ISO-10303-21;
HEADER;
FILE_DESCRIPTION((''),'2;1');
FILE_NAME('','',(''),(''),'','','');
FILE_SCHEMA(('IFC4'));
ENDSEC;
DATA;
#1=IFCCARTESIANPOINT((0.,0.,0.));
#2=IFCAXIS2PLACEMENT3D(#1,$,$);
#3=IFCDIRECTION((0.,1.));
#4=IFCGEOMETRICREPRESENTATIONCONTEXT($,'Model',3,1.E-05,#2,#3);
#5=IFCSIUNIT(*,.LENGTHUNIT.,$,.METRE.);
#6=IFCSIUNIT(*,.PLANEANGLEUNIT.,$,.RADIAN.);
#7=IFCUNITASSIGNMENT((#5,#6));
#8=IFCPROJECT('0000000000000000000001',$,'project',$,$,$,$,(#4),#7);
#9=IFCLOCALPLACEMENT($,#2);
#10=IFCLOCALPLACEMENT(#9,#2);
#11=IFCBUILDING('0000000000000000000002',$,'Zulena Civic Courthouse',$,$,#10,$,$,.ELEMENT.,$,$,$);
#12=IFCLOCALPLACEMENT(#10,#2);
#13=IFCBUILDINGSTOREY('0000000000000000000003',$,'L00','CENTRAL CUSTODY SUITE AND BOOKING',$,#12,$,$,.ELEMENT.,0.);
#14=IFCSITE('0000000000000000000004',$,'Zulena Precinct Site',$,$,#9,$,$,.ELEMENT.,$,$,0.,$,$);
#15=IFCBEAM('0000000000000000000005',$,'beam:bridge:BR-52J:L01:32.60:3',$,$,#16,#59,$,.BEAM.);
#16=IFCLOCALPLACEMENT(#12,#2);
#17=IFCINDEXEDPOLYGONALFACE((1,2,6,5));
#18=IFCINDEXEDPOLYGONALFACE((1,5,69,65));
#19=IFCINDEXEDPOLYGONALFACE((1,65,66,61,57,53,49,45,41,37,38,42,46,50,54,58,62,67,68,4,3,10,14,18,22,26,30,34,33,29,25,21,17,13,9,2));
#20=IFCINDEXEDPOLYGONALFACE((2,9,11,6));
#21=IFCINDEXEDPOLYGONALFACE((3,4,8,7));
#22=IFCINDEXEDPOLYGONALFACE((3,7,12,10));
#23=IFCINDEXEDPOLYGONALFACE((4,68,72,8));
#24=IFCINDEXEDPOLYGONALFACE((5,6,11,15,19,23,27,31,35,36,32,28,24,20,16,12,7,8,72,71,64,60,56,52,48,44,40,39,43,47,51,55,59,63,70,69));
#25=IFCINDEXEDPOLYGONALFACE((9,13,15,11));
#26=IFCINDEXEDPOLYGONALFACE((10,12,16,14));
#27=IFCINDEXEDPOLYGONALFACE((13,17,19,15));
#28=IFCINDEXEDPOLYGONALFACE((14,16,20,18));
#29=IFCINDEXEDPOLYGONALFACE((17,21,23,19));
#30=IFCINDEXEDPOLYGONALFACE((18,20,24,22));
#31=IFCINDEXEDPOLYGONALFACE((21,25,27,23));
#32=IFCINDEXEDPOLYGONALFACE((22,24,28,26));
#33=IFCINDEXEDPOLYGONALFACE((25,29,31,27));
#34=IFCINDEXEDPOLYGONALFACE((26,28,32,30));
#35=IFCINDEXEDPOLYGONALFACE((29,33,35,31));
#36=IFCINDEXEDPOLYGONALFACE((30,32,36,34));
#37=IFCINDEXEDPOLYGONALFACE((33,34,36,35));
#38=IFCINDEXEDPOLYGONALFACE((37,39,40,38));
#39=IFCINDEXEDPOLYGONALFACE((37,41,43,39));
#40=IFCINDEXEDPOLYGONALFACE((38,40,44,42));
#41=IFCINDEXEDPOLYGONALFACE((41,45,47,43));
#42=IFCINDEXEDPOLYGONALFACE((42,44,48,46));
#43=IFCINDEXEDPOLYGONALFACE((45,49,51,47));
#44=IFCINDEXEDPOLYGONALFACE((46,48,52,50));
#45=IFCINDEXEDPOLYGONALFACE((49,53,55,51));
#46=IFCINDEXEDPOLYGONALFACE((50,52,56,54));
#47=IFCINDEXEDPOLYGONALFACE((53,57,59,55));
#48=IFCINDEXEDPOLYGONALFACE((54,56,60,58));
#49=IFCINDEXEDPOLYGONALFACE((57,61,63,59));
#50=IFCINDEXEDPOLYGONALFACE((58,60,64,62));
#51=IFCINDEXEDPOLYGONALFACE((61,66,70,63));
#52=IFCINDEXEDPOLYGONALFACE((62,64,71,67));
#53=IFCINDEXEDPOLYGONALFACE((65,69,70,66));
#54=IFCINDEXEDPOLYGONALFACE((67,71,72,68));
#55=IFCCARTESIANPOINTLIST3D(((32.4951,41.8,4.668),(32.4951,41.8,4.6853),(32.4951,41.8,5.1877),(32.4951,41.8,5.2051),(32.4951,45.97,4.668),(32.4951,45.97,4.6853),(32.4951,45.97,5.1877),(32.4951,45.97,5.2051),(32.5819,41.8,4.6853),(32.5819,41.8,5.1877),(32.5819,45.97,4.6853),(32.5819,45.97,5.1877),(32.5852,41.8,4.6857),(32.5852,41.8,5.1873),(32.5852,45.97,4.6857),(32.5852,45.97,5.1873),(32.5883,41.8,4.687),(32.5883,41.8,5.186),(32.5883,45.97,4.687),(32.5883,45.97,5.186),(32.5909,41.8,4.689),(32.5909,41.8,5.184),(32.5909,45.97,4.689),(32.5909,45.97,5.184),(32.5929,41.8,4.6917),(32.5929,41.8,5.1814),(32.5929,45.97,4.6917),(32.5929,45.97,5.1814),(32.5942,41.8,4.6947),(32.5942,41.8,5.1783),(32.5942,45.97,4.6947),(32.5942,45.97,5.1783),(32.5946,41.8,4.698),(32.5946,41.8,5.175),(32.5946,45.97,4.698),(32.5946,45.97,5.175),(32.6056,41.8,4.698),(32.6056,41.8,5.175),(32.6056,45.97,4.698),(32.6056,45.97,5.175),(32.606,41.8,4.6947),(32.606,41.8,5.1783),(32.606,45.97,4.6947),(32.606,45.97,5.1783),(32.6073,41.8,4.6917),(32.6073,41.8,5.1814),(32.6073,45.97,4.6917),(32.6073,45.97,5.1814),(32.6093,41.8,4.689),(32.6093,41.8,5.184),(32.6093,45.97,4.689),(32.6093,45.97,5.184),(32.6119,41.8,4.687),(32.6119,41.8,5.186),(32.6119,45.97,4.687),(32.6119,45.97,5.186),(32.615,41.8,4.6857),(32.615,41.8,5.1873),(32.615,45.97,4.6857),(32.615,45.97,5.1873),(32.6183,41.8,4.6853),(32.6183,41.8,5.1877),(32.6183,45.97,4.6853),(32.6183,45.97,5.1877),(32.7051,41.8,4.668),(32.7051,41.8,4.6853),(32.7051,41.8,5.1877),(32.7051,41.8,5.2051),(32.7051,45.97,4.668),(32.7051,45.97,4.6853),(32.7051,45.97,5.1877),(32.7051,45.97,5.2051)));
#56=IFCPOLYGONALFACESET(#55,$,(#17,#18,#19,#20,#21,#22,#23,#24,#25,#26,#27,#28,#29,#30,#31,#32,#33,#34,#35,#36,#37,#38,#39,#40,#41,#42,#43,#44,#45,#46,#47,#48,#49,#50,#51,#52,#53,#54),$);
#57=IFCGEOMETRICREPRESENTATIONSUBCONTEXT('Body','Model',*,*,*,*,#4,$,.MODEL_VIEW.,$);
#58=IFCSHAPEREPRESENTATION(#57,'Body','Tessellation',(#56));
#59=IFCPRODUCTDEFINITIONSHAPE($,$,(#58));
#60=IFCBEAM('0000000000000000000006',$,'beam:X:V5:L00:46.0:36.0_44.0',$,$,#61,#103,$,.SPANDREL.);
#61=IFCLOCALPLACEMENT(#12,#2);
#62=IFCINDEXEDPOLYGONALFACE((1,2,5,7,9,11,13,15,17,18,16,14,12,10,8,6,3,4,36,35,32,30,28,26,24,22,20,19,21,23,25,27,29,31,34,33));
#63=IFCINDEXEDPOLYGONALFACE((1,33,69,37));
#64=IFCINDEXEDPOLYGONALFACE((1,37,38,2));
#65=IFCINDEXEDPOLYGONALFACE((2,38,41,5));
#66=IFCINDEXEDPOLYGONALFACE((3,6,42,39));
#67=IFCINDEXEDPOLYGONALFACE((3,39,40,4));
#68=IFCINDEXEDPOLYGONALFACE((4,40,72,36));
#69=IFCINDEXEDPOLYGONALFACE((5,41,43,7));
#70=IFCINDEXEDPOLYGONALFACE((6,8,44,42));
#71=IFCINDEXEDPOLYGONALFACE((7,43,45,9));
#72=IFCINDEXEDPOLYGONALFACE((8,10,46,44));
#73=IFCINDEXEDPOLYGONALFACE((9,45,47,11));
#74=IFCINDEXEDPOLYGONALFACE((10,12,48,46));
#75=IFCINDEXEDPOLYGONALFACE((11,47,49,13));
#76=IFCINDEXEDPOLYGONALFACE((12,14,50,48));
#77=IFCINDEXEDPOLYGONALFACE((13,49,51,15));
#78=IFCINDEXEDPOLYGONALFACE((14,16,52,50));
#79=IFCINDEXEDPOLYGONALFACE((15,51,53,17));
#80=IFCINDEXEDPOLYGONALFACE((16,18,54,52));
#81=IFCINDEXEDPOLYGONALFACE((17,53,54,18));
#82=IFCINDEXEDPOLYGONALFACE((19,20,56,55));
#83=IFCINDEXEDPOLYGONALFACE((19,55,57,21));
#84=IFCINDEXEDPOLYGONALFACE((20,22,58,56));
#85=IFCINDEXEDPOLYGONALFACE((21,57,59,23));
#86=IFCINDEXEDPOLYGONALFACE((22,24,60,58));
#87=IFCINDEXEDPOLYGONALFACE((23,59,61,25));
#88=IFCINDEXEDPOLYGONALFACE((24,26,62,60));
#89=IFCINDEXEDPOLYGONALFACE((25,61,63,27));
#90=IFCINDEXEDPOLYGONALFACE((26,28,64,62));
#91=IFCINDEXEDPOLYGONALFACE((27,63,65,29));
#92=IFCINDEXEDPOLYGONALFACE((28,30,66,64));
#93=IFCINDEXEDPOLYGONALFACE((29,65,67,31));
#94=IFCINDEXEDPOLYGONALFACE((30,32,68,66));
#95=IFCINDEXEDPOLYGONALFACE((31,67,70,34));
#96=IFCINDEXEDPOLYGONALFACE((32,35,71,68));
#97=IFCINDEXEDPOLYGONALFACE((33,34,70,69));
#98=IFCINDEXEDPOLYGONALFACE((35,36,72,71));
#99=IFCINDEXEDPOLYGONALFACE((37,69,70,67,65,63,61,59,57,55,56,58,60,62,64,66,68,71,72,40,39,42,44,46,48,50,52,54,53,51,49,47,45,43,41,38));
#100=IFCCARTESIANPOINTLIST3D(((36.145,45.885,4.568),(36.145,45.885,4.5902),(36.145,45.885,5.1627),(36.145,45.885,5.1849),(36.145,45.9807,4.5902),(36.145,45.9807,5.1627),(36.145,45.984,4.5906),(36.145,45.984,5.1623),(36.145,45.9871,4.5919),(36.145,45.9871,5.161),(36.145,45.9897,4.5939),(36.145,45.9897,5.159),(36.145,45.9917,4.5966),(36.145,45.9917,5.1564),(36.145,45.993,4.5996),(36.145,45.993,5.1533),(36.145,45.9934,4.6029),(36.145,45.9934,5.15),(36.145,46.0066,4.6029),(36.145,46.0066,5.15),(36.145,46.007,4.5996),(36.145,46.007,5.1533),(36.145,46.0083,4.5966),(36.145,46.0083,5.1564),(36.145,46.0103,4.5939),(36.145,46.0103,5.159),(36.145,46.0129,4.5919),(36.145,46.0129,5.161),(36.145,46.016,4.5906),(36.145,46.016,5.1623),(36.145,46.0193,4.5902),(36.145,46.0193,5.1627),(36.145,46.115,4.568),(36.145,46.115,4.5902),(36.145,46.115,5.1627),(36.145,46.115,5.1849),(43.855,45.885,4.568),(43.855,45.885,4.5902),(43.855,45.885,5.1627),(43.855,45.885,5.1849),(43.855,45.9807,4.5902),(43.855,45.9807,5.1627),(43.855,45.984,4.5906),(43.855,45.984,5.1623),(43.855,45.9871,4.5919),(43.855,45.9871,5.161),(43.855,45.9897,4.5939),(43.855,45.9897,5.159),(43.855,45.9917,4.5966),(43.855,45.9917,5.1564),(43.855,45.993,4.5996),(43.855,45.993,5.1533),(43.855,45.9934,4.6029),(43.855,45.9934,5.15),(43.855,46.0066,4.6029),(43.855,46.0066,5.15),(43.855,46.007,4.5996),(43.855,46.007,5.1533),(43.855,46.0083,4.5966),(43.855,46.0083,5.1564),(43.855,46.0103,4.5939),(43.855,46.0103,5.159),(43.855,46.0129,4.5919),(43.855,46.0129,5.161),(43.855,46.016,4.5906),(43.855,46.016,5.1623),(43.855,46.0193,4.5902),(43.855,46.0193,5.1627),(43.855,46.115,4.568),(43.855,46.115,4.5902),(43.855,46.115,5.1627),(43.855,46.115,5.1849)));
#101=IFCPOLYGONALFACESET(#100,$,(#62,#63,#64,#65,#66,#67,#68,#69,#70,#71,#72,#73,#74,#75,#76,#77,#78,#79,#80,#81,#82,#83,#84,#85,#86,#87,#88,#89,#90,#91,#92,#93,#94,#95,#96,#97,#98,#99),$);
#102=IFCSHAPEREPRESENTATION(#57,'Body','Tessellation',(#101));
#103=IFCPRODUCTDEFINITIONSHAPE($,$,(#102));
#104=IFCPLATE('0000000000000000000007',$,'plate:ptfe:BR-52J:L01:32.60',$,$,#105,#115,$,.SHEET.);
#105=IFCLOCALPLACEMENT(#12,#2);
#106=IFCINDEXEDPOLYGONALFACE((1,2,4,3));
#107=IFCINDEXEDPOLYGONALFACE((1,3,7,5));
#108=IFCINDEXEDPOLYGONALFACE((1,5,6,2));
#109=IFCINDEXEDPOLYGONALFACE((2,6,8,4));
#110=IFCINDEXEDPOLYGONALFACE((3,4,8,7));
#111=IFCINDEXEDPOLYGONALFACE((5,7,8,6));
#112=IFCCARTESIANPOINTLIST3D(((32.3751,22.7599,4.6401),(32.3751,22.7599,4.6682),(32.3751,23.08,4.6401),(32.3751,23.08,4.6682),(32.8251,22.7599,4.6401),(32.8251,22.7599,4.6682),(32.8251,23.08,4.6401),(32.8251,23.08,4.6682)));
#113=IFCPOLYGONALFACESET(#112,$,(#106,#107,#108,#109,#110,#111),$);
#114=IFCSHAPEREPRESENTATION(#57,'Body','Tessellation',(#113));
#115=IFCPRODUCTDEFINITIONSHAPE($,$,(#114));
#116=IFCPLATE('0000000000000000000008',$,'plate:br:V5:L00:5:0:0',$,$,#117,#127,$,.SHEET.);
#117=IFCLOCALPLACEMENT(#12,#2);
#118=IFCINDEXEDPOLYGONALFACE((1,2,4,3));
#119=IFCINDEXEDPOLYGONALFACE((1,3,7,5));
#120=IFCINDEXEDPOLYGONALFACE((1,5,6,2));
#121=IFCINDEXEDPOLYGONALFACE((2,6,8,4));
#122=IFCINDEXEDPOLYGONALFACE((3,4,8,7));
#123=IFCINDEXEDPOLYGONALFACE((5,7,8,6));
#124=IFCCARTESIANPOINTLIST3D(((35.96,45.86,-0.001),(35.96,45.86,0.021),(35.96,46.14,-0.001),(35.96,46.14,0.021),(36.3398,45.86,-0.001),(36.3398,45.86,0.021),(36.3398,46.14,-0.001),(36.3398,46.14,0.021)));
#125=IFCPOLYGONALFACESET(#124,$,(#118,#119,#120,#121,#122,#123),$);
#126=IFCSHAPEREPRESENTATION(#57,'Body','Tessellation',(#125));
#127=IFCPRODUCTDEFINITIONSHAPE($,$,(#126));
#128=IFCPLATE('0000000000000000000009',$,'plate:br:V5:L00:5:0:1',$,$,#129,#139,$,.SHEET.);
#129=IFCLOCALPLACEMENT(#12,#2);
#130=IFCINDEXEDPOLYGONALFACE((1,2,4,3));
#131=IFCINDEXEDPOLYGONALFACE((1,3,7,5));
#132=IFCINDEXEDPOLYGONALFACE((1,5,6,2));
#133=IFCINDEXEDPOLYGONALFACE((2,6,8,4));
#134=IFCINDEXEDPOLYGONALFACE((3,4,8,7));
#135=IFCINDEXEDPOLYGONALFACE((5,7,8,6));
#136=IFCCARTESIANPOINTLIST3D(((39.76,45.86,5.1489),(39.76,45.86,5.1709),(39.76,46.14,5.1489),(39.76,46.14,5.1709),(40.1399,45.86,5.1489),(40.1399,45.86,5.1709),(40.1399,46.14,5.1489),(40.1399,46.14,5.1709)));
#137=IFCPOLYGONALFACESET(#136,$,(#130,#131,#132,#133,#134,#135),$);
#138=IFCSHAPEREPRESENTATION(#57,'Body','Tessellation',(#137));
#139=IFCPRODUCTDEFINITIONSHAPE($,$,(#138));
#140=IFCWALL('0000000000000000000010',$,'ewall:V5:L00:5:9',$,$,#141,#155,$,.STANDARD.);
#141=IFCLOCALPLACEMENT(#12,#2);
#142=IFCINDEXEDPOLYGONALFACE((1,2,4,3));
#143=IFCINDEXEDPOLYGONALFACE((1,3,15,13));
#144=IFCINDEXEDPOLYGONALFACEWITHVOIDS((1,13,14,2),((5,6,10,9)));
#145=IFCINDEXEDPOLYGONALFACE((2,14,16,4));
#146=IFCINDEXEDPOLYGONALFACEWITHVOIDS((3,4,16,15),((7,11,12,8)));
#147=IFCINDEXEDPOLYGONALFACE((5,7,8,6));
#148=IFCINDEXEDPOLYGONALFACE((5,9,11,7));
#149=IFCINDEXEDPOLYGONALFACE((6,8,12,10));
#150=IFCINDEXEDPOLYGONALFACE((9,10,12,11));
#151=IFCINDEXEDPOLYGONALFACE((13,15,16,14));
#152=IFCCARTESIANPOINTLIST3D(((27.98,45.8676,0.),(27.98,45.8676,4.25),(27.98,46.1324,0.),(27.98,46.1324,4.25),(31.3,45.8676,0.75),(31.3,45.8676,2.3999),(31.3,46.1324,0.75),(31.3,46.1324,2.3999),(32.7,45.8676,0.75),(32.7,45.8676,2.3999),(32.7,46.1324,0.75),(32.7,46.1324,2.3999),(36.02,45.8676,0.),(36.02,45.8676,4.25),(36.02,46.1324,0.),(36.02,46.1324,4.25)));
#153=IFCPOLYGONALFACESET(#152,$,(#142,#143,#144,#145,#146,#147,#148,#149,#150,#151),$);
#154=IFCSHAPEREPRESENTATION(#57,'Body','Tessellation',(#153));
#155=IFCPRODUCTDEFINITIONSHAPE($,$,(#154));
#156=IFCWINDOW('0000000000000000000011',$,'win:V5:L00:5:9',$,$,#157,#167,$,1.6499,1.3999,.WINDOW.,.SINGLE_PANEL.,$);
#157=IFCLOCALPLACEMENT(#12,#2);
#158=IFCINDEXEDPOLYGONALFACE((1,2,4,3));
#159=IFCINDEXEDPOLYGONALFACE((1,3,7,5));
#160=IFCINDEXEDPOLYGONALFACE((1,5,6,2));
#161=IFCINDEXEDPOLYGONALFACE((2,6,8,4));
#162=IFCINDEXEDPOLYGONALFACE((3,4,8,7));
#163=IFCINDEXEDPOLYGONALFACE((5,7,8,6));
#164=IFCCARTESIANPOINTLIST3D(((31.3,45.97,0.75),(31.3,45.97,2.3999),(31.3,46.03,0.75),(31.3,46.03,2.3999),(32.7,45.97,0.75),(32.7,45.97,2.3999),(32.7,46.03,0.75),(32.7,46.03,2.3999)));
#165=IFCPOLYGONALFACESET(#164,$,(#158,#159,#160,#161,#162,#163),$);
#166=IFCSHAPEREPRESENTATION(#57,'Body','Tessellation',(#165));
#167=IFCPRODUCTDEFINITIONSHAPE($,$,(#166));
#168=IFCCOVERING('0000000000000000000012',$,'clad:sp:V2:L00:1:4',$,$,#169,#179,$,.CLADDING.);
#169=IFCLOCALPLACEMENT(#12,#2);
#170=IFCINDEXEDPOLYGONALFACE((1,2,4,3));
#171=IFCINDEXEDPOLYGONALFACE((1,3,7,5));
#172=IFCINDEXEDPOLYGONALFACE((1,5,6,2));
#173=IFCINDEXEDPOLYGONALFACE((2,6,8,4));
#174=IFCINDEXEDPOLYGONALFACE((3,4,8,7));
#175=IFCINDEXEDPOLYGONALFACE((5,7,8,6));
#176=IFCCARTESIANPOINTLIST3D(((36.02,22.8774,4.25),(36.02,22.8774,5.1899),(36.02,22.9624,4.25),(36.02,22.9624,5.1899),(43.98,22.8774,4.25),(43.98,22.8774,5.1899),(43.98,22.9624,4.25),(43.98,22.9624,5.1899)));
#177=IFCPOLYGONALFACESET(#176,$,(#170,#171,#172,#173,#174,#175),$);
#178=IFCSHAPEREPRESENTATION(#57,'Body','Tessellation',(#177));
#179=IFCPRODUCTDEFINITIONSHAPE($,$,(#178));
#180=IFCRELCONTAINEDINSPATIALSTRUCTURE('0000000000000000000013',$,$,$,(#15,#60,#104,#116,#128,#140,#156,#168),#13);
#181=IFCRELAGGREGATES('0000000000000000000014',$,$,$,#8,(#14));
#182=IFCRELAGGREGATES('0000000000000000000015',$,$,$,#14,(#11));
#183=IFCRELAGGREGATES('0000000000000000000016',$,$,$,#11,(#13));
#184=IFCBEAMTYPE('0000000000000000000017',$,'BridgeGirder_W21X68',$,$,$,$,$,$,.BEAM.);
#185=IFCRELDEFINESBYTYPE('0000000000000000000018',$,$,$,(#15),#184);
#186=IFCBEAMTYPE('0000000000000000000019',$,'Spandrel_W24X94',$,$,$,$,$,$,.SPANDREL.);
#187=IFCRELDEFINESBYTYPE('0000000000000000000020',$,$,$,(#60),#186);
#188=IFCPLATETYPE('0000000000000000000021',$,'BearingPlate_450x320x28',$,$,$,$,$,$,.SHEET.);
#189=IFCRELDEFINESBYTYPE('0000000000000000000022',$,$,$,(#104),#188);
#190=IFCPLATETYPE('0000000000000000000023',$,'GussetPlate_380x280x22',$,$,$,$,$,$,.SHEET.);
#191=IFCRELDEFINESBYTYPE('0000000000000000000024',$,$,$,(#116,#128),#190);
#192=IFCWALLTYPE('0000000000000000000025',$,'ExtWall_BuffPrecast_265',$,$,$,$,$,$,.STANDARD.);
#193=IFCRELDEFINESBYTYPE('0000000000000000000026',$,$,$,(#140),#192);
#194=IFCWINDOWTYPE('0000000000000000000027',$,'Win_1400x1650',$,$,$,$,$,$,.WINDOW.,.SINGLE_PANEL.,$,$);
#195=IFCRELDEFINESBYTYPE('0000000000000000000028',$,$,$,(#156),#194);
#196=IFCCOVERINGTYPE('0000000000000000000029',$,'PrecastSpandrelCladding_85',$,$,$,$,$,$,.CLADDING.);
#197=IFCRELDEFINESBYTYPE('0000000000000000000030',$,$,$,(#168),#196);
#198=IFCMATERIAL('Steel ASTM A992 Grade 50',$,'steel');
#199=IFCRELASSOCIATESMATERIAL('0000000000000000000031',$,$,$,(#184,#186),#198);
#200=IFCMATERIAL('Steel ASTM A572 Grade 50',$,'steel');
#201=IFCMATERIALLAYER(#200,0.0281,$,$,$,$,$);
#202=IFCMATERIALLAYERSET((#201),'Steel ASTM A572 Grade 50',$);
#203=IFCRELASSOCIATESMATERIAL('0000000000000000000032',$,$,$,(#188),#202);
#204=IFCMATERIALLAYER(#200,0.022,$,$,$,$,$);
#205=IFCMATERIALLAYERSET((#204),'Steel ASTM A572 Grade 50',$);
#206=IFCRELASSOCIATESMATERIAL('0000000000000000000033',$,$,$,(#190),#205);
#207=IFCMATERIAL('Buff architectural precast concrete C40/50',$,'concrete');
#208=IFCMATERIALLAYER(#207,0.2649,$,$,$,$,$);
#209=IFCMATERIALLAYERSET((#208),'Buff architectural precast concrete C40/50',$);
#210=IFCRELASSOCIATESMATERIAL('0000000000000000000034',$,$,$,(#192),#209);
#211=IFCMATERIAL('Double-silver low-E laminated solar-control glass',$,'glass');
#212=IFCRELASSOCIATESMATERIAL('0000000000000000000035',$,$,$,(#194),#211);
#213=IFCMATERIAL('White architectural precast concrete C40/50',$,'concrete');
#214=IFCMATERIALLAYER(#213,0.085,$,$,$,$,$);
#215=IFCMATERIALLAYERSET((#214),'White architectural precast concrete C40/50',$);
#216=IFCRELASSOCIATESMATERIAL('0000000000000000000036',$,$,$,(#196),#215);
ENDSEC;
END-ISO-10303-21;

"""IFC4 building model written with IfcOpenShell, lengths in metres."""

from ifc_helpers import new_model, si_unit, direction, frame, frame_2d, origin, origin_2d, place, context, subcontext, project, spatial, rectangle, i_section, extrude, material, layer, layer_set, material_profile, profile_set, type_object, element, fill, save


model = new_model("IFC4")

# Units and contexts
model_context = context("Model", 3, precision=1e-05, world=origin(), true_north=direction((0.0, 1.0)))
body_context = subcontext(model_context, "Body", "Model", "MODEL_VIEW")
ifc_project = project(units=[si_unit("LENGTHUNIT", "METRE"), si_unit("PLANEANGLEUNIT", "RADIAN")], contexts=[model_context])

# Site, building, storey
site_placement = place(None, origin())
site = spatial("IfcSite", under=ifc_project, at=site_placement, Name="Zulena Precinct Site", CompositionType="ELEMENT", RefElevation=0.0)
building_placement = place(site_placement, origin())
building = spatial("IfcBuilding", under=site, at=building_placement, Name="Zulena Civic Courthouse", CompositionType="ELEMENT")
storey_placement = place(building_placement, origin())
storey = spatial("IfcBuildingStorey", under=building, at=storey_placement, Name="L00", Description="CENTRAL CUSTODY SUITE AND BOOKING", CompositionType="ELEMENT", Elevation=0.0)

# Shared definitions
ifc_material_1 = material(Name="Steel ASTM A992 Grade 50", Category="steel")

# Beams
ifc_material_profile_1 = material_profile(ifc_material_1, i_section(OverallWidth=0.21, OverallDepth=0.5371, WebThickness=0.011, FlangeThickness=0.0173, FilletRadius=0.0127, at=origin_2d()), Name="W21X68")
ifc_profile_set_1 = profile_set([ifc_material_profile_1], Name="Steel ASTM A992 Grade 50")
beam_type_1 = type_object("IfcBeamType", Name="BridgeGirder_W21X68", PredefinedType="BEAM", material=ifc_profile_set_1)
beam_1_placement = place(storey_placement, frame((32.6001, 41.8, 4.9365), z_axis=(0.0, 1.0, 0.0), x_axis=(-1.0, 0.0, 0.0)))
element("IfcBeam", 1, at=beam_1_placement, inside=storey, type_object=beam_type_1, Name="beam:bridge:BR-52J:L01:32.60:3", PredefinedType="BEAM", context=body_context, shape_type="SweptSolid", body=[
    extrude(i_section(OverallWidth=0.21, OverallDepth=0.5371, WebThickness=0.011, FlangeThickness=0.0173, FilletRadius=0.0127, at=origin_2d()), origin(), (0.0, 0.0, 1.0), 4.1699),
])
ifc_material_profile_2 = material_profile(ifc_material_1, i_section(OverallWidth=0.23, OverallDepth=0.6169, WebThickness=0.0132, FlangeThickness=0.0222, FilletRadius=0.0127, at=origin_2d()), Name="W24X94")
ifc_profile_set_2 = profile_set([ifc_material_profile_2], Name="Steel ASTM A992 Grade 50")
beam_type_2 = type_object("IfcBeamType", Name="Spandrel_W24X94", PredefinedType="SPANDREL", material=ifc_profile_set_2)
beam_2_placement = place(storey_placement, frame((36.145, 46.0, 4.8765), z_axis=(1.0, 0.0, 0.0), x_axis=(0.0, 1.0, 0.0)))
element("IfcBeam", 2, at=beam_2_placement, inside=storey, type_object=beam_type_2, Name="beam:X:V5:L00:46.0:36.0_44.0", PredefinedType="SPANDREL", context=body_context, shape_type="SweptSolid", body=[
    extrude(i_section(OverallWidth=0.23, OverallDepth=0.6169, WebThickness=0.0132, FlangeThickness=0.0222, FilletRadius=0.0127, at=origin_2d()), origin(), (0.0, 0.0, 1.0), 7.71),
])

# Plates
ifc_material_2 = material(Name="Steel ASTM A572 Grade 50", Category="steel")
ifc_layer_1 = layer(ifc_material_2, 0.0281)
ifc_layer_set_1 = layer_set([ifc_layer_1], Name="Steel ASTM A572 Grade 50")
plate_type_1 = type_object("IfcPlateType", Name="BearingPlate_450x320x28", PredefinedType="SHEET", material=ifc_layer_set_1)
plate_placement = place(storey_placement, frame((32.6001, 22.9199, 4.6401), z_axis=(0.0, 0.0, 1.0), x_axis=(1.0, 0.0, 0.0)))
element("IfcPlate", 3, at=plate_placement, inside=storey, type_object=plate_type_1, Name="plate:ptfe:BR-52J:L01:32.60", PredefinedType="SHEET", context=body_context, shape_type="SweptSolid", body=[
    extrude(rectangle(XDim=0.45, YDim=0.3201, at=origin_2d()), origin(), (0.0, 0.0, 1.0), 0.0281),
])
ifc_layer_2 = layer(ifc_material_2, 0.022)
ifc_layer_set_2 = layer_set([ifc_layer_2], Name="Steel ASTM A572 Grade 50")
plate_type_2 = type_object("IfcPlateType", Name="GussetPlate_380x280x22", PredefinedType="SHEET", material=ifc_layer_set_2)
for number, where, z_axis, x_axis, name in (
    (4, (36.1499, 46.0, -0.001), (0.0, 0.0, 1.0), (1.0, 0.0, 0.0), "plate:br:V5:L00:5:0:0"),
    (5, (39.95, 46.0, 5.1489), (0.0, 0.0, 1.0), (1.0, 0.0, 0.0), "plate:br:V5:L00:5:0:1"),
):
    element("IfcPlate", number, at=place(storey_placement, frame(where, z_axis=z_axis, x_axis=x_axis)), inside=storey, type_object=plate_type_2, Name=name, PredefinedType="SHEET", context=body_context, shape_type="SweptSolid", body=[
        extrude(rectangle(XDim=0.3799, YDim=0.28, at=origin_2d()), origin(), (0.0, 0.0, 1.0), 0.022),
    ])

# Wall, opening, window
ifc_material_3 = material(Name="Buff architectural precast concrete C40/50", Category="concrete")
ifc_layer_3 = layer(ifc_material_3, 0.2649)
ifc_layer_set_3 = layer_set([ifc_layer_3], Name="Buff architectural precast concrete C40/50")
wall_type = type_object("IfcWallType", Name="ExtWall_BuffPrecast_265", PredefinedType="STANDARD", material=ifc_layer_set_3)
wall_placement = place(storey_placement, frame((36.02, 46.0, 0.0), z_axis=(0.0, 0.0, 1.0), x_axis=(-1.0, 0.0, 0.0)))
wall = element("IfcWall", 6, at=wall_placement, inside=storey, type_object=wall_type, Name="ewall:V5:L00:5:9", PredefinedType="STANDARD", context=body_context, shape_type="SweptSolid", body=[
    extrude(rectangle(XDim=8.04, YDim=0.2649, at=frame_2d((4.02, 0.0))), origin(), (0.0, 0.0, 1.0), 4.25),
])
opening_placement = place(wall_placement, frame((3.3201, 0.0, 0.75)))
opening = element("IfcOpeningElement", 7, at=opening_placement, cuts=wall, PredefinedType="OPENING", context=body_context, shape_type="SweptSolid", body=[
    extrude(rectangle(XDim=1.3999, YDim=1.6499, at=frame_2d((0.7, 0.825))), frame((0.0, 0.1423, 0.0), z_axis=(0.0, -1.0, 0.0), x_axis=(1.0, 0.0, 0.0)), (0.0, 0.0, 1.0), 0.2849),
])
ifc_material_4 = material(Name="Double-silver low-E laminated solar-control glass", Category="glass")
window_type = type_object("IfcWindowType", Name="Win_1400x1650", PartitioningType="SINGLE_PANEL", PredefinedType="WINDOW", material=ifc_material_4)
window_placement = place(opening_placement, origin())
window = element("IfcWindow", 8, at=window_placement, inside=storey, type_object=window_type, Name="win:V5:L00:5:9", OverallHeight=1.6499, OverallWidth=1.3999, PartitioningType="SINGLE_PANEL", PredefinedType="WINDOW", context=body_context, shape_type="SweptSolid", body=[
    extrude(rectangle(XDim=1.3999, YDim=1.6499, at=frame_2d((0.7, 0.825))), frame((0.0, 0.03, 0.0), z_axis=(0.0, -1.0, 0.0), x_axis=(1.0, 0.0, 0.0)), (0.0, 0.0, 1.0), 0.0601),
])
fill(opening, window)

# Covering
ifc_material_5 = material(Name="White architectural precast concrete C40/50", Category="concrete")
ifc_layer_4 = layer(ifc_material_5, 0.085)
ifc_layer_set_4 = layer_set([ifc_layer_4], Name="White architectural precast concrete C40/50")
covering_type = type_object("IfcCoveringType", Name="PrecastSpandrelCladding_85", PredefinedType="CLADDING", material=ifc_layer_set_4)
for number, where, z_axis, x_axis, name in (
    (9, (40.0, 22.9199, 4.25), (0.0, 0.0, 1.0), (1.0, 0.0, 0.0), "clad:sp:V2:L00:1:4"),
):
    element("IfcCovering", number, at=place(storey_placement, frame(where, z_axis=z_axis, x_axis=x_axis)), inside=storey, type_object=covering_type, Name=name, PredefinedType="CLADDING", context=body_context, shape_type="SweptSolid", body=[
        extrude(rectangle(XDim=7.96, YDim=0.085, at=origin_2d()), origin(), (0.0, 0.0, 1.0), 0.9399),
    ])

save(model, "model.ifc")
